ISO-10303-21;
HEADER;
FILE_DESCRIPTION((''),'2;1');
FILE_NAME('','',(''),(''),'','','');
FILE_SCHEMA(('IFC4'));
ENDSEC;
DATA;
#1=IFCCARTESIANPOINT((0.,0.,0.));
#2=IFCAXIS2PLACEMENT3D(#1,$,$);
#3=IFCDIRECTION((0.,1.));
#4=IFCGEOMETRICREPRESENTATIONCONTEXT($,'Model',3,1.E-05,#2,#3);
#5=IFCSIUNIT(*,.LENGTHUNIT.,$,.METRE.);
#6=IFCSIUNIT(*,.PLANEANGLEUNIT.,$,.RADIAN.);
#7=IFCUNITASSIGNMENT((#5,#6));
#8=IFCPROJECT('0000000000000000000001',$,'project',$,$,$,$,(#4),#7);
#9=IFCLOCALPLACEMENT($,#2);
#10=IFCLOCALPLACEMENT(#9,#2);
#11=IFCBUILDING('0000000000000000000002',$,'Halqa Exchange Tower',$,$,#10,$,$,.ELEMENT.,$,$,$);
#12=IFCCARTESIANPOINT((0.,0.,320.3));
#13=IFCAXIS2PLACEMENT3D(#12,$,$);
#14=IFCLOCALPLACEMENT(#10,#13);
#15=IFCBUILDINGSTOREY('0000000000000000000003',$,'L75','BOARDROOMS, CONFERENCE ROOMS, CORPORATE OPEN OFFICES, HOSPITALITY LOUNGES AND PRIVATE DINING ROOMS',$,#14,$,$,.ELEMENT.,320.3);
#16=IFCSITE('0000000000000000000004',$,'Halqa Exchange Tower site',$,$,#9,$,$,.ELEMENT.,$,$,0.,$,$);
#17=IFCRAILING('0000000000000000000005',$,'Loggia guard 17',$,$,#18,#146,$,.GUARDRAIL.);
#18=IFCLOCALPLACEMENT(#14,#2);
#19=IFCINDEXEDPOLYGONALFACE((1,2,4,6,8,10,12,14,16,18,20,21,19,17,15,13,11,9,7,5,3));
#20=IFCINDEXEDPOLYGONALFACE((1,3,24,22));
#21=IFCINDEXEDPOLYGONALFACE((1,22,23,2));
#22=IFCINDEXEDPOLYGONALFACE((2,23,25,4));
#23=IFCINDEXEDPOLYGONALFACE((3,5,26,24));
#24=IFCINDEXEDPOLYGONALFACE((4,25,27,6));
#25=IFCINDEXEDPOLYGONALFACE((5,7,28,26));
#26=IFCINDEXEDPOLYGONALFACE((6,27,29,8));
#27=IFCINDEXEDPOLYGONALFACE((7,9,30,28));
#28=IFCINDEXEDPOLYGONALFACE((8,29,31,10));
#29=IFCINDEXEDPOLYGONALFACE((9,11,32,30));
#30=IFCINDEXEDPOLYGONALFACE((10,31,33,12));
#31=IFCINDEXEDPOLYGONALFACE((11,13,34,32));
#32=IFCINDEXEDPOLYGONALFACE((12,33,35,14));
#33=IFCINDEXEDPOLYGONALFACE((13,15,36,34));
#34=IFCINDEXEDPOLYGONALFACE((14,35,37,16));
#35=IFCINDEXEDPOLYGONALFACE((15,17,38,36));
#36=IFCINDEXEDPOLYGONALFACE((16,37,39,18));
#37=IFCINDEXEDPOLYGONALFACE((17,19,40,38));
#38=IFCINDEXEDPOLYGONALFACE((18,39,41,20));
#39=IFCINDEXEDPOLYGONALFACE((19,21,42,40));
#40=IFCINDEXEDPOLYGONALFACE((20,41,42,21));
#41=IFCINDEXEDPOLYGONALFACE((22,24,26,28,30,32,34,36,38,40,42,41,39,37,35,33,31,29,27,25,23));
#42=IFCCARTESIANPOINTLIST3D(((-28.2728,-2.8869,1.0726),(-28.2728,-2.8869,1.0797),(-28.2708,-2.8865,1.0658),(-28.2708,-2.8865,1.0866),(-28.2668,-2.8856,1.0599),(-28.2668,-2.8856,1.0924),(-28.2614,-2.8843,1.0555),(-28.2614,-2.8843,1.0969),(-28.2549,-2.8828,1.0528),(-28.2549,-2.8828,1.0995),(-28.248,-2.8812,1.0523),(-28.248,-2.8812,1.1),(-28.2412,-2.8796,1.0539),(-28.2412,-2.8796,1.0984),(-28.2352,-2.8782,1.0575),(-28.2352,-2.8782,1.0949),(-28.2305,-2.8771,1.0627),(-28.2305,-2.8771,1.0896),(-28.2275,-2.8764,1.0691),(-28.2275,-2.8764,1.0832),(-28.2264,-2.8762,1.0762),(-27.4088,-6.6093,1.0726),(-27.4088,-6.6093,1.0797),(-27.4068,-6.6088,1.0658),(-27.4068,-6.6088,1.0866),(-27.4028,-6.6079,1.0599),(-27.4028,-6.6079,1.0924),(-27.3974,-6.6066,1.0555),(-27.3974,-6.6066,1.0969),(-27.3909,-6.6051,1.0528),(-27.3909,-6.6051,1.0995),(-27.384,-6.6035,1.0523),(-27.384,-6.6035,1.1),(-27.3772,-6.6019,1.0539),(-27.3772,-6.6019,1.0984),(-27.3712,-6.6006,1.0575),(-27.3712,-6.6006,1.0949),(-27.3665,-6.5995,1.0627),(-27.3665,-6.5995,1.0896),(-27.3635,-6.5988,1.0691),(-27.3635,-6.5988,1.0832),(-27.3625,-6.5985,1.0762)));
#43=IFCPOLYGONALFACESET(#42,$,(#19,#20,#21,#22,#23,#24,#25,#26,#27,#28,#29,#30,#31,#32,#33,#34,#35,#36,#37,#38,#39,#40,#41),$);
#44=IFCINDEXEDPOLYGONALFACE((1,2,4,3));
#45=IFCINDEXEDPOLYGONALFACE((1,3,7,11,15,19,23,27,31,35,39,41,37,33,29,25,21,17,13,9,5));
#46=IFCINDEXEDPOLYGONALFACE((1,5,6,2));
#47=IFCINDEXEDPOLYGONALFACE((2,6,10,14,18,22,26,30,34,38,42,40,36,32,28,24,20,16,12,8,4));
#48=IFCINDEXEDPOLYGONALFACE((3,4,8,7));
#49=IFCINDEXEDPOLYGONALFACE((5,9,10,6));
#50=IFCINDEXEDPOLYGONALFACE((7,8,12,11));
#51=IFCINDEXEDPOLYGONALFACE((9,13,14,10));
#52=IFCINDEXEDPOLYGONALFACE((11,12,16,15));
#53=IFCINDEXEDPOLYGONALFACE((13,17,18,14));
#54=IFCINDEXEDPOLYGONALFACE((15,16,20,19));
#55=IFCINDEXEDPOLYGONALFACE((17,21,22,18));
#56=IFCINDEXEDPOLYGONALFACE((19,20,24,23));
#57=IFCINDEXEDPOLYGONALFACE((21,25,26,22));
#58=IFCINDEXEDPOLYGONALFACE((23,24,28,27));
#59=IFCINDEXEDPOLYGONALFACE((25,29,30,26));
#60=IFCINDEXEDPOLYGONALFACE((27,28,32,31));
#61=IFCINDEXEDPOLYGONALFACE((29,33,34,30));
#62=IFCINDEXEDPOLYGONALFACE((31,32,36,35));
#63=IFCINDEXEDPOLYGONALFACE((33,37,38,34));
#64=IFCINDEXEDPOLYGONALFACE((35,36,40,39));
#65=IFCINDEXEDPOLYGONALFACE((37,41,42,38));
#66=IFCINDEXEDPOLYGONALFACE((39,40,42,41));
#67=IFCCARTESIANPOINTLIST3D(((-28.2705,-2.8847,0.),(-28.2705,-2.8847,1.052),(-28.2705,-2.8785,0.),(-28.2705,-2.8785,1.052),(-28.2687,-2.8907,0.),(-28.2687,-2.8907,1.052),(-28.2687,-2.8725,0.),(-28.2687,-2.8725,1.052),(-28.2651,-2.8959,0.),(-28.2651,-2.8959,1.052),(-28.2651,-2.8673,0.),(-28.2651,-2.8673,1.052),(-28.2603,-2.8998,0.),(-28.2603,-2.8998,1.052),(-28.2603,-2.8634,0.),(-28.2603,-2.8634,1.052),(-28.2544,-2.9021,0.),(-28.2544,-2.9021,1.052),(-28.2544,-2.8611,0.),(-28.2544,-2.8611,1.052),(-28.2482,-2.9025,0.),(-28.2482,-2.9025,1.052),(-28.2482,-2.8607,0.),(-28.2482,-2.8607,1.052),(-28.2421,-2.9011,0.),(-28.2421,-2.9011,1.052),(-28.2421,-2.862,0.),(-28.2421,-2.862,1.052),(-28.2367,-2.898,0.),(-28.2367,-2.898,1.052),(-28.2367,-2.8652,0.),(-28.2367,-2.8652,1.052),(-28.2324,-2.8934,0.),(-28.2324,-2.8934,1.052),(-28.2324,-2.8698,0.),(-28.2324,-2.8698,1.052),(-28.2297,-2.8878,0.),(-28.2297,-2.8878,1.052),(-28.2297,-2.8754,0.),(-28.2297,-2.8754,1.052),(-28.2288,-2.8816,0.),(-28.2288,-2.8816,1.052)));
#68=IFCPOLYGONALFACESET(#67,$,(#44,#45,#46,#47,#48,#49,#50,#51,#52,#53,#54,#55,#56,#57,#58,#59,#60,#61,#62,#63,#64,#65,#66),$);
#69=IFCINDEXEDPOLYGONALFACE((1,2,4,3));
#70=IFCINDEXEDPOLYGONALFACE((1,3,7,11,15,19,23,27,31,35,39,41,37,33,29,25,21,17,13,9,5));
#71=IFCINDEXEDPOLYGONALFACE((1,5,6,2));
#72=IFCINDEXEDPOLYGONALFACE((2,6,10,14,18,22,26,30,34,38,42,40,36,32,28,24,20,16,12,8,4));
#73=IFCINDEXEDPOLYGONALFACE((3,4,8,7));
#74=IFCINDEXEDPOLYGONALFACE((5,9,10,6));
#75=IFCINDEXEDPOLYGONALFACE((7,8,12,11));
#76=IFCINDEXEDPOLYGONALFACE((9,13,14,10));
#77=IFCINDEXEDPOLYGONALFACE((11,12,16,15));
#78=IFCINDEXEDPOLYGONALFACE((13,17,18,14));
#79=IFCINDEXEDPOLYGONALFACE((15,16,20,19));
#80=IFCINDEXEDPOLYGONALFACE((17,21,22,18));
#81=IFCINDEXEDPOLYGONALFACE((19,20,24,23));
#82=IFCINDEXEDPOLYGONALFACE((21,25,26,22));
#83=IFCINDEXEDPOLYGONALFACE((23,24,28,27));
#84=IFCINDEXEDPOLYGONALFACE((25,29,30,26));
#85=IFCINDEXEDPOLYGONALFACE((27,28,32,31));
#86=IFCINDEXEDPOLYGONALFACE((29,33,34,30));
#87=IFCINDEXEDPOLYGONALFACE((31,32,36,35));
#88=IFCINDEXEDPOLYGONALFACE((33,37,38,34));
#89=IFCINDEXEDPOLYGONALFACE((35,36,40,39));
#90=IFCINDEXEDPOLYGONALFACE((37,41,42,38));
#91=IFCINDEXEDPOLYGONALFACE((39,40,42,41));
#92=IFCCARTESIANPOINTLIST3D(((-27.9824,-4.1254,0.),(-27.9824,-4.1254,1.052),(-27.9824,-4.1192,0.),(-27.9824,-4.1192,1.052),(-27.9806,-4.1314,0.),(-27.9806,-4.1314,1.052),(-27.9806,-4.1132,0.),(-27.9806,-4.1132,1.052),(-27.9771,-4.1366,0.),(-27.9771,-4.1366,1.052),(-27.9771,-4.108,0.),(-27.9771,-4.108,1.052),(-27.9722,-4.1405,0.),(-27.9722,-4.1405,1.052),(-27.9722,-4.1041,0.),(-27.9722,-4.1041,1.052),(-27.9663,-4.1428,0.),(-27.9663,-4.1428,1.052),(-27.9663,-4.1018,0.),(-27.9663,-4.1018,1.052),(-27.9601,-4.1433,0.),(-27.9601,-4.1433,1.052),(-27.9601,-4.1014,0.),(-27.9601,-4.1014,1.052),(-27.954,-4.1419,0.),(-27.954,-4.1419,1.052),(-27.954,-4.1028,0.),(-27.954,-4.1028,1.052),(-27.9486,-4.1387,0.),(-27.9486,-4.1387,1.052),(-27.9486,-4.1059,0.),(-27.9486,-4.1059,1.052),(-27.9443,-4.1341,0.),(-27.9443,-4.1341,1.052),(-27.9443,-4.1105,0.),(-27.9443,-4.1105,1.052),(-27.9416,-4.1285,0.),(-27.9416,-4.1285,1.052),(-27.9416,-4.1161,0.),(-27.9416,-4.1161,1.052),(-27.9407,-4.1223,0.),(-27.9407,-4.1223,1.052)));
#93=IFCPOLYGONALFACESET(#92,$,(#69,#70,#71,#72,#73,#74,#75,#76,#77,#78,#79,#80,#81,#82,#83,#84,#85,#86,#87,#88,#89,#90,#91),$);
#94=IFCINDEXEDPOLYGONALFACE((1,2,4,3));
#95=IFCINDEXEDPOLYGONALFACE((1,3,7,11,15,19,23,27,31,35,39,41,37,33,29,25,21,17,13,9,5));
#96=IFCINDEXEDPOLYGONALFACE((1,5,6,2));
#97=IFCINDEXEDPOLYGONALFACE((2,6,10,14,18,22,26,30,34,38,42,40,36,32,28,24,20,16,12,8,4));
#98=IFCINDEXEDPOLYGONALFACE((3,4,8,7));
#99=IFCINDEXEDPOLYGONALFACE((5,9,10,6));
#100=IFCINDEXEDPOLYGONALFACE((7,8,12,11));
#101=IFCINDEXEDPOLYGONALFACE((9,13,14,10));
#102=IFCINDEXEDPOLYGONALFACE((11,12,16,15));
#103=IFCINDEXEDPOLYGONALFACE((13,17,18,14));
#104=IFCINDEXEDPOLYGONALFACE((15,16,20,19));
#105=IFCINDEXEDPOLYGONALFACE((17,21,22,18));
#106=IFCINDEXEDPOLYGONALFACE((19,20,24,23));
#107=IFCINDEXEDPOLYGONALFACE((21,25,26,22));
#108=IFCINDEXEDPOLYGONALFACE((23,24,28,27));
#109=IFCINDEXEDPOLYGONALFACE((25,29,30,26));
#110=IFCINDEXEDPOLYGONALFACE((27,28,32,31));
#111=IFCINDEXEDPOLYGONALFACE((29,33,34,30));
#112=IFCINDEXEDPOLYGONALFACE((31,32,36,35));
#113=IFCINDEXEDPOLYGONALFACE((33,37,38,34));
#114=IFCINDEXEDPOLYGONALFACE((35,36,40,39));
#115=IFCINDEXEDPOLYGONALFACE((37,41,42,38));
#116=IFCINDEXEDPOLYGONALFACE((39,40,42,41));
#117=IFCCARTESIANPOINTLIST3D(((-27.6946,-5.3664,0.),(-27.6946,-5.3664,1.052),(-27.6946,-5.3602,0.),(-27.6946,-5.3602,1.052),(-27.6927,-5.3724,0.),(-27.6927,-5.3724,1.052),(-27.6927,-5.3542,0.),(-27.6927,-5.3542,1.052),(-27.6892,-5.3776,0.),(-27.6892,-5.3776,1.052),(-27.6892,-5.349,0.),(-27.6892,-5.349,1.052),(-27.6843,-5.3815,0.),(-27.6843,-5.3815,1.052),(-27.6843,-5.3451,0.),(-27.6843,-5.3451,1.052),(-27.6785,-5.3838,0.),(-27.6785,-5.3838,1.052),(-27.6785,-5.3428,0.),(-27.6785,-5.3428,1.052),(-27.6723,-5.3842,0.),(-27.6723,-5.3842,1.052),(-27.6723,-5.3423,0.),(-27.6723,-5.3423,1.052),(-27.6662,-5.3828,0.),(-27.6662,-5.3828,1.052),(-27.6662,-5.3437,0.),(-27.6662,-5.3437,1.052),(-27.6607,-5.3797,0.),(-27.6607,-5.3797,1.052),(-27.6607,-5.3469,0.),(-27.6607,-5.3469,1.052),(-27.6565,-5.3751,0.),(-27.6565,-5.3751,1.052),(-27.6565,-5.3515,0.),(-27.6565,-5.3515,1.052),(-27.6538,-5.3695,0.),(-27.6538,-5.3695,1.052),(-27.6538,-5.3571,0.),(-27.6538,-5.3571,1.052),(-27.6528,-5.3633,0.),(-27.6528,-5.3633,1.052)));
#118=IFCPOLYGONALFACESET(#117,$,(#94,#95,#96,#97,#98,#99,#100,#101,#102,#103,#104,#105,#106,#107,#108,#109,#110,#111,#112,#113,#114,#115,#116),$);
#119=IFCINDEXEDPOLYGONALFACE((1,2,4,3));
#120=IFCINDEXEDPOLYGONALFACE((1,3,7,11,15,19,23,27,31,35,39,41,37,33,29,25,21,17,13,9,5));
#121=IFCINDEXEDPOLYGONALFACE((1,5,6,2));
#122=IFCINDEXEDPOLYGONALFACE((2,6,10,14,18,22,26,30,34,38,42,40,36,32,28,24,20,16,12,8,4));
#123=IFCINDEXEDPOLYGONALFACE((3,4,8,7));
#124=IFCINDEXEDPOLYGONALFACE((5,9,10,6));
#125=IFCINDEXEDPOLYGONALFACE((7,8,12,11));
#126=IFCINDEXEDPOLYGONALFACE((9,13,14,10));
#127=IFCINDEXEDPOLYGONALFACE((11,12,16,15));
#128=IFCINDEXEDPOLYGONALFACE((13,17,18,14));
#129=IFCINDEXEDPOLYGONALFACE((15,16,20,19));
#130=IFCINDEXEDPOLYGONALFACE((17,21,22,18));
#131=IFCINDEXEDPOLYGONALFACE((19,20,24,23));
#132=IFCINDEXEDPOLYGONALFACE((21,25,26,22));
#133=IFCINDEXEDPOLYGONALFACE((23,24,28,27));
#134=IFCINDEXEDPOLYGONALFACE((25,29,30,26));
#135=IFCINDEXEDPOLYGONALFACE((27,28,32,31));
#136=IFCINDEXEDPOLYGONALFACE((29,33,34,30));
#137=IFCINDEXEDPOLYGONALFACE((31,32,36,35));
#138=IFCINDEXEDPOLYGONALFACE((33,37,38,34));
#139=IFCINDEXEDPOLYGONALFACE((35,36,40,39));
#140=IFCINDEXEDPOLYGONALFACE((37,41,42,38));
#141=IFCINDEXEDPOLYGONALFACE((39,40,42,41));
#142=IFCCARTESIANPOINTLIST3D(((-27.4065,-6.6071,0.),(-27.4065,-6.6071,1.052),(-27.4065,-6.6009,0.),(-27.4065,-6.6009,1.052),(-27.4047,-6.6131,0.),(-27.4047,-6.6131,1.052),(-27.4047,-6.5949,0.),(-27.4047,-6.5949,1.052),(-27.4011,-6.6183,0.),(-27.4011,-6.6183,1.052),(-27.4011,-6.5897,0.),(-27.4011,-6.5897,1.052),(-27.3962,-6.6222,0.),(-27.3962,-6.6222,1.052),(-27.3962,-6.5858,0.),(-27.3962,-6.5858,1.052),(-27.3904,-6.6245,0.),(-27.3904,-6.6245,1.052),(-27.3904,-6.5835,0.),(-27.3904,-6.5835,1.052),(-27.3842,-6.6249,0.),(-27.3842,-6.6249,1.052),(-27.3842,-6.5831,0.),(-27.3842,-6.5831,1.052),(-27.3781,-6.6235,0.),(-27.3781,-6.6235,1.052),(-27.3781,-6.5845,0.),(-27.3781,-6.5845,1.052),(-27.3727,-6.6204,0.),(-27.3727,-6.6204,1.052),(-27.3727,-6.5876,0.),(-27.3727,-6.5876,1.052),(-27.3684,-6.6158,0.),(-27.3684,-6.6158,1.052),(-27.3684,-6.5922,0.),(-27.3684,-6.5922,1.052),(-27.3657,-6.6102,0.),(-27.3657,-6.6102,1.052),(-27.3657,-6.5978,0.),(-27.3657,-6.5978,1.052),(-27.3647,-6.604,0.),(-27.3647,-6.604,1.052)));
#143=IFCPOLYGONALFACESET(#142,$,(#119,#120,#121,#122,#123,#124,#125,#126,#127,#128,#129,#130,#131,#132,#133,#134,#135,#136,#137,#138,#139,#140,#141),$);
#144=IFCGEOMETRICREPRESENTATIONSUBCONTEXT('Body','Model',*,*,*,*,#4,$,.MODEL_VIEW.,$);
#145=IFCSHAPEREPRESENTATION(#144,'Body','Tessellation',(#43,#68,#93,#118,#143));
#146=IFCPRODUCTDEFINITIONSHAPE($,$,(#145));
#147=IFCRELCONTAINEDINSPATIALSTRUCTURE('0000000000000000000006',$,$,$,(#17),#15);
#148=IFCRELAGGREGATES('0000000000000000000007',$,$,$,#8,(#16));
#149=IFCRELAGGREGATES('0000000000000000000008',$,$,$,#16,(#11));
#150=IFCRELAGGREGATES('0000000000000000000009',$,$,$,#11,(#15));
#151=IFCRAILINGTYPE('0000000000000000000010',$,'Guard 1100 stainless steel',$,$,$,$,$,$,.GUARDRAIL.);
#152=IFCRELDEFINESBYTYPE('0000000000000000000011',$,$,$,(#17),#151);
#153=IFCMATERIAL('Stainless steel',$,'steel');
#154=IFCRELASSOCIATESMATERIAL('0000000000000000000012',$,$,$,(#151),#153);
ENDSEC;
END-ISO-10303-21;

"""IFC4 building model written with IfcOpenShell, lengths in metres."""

from ifc_helpers import new_model, si_unit, direction, frame, origin, origin_2d, place, context, subcontext, project, spatial, circle, extrude, material, type_object, element, save


model = new_model("IFC4")

# Units and contexts
model_context = context("Model", 3, precision=1e-05, world=origin(), true_north=direction((0.0, 1.0)))
body_context = subcontext(model_context, "Body", "Model", "MODEL_VIEW")
ifc_project = project(units=[si_unit("LENGTHUNIT", "METRE"), si_unit("PLANEANGLEUNIT", "RADIAN")], contexts=[model_context])

# Site, building, storey
site_placement = place(None, origin())
site = spatial("IfcSite", under=ifc_project, at=site_placement, Name="Halqa Exchange Tower site", CompositionType="ELEMENT", RefElevation=0.0)
building_placement = place(site_placement, origin())
building = spatial("IfcBuilding", under=site, at=building_placement, Name="Halqa Exchange Tower", CompositionType="ELEMENT")
storey_placement = place(building_placement, frame((0.0, 0.0, 320.3)))
storey = spatial("IfcBuildingStorey", under=building, at=storey_placement, Name="L75", Description="BOARDROOMS, CONFERENCE ROOMS, CORPORATE OPEN OFFICES, HOSPITALITY LOUNGES AND PRIVATE DINING ROOMS", CompositionType="ELEMENT", Elevation=320.3)

# Railing
ifc_material_1 = material(Name="Stainless steel", Category="steel")
railing_type = type_object("IfcRailingType", Name="Guard 1100 stainless steel", PredefinedType="GUARDRAIL", material=ifc_material_1)
railing_1_placement = place(storey_placement, frame((-28.2498, -2.8816, 0.0)))
element("IfcRailing", 1, at=railing_1_placement, inside=storey, type_object=railing_type, Name="Loggia guard 17", PredefinedType="GUARDRAIL", context=body_context, shape_type="SweptSolid", body=[
    extrude(circle(Radius=0.0239, at=origin_2d()), frame((0.0, 0.0, 1.0762), z_axis=(0.2261, -0.974104, 0.0), x_axis=(0.974104, 0.2261, 0.0)), (0.0, 0.0, 1.0), 3.8213),
    extrude(circle(Radius=0.021, at=origin_2d()), origin(), (0.0, 0.0, 1.0), 1.052),
    extrude(circle(Radius=0.021, at=origin_2d()), frame((0.2881, -1.2407, 0.0)), (0.0, 0.0, 1.0), 1.052),
    extrude(circle(Radius=0.021, at=origin_2d()), frame((0.5759, -2.4817, 0.0)), (0.0, 0.0, 1.0), 1.052),
    extrude(circle(Radius=0.021, at=origin_2d()), frame((0.864, -3.7224, 0.0)), (0.0, 0.0, 1.0), 1.052),
])

save(model, "model.ifc")
